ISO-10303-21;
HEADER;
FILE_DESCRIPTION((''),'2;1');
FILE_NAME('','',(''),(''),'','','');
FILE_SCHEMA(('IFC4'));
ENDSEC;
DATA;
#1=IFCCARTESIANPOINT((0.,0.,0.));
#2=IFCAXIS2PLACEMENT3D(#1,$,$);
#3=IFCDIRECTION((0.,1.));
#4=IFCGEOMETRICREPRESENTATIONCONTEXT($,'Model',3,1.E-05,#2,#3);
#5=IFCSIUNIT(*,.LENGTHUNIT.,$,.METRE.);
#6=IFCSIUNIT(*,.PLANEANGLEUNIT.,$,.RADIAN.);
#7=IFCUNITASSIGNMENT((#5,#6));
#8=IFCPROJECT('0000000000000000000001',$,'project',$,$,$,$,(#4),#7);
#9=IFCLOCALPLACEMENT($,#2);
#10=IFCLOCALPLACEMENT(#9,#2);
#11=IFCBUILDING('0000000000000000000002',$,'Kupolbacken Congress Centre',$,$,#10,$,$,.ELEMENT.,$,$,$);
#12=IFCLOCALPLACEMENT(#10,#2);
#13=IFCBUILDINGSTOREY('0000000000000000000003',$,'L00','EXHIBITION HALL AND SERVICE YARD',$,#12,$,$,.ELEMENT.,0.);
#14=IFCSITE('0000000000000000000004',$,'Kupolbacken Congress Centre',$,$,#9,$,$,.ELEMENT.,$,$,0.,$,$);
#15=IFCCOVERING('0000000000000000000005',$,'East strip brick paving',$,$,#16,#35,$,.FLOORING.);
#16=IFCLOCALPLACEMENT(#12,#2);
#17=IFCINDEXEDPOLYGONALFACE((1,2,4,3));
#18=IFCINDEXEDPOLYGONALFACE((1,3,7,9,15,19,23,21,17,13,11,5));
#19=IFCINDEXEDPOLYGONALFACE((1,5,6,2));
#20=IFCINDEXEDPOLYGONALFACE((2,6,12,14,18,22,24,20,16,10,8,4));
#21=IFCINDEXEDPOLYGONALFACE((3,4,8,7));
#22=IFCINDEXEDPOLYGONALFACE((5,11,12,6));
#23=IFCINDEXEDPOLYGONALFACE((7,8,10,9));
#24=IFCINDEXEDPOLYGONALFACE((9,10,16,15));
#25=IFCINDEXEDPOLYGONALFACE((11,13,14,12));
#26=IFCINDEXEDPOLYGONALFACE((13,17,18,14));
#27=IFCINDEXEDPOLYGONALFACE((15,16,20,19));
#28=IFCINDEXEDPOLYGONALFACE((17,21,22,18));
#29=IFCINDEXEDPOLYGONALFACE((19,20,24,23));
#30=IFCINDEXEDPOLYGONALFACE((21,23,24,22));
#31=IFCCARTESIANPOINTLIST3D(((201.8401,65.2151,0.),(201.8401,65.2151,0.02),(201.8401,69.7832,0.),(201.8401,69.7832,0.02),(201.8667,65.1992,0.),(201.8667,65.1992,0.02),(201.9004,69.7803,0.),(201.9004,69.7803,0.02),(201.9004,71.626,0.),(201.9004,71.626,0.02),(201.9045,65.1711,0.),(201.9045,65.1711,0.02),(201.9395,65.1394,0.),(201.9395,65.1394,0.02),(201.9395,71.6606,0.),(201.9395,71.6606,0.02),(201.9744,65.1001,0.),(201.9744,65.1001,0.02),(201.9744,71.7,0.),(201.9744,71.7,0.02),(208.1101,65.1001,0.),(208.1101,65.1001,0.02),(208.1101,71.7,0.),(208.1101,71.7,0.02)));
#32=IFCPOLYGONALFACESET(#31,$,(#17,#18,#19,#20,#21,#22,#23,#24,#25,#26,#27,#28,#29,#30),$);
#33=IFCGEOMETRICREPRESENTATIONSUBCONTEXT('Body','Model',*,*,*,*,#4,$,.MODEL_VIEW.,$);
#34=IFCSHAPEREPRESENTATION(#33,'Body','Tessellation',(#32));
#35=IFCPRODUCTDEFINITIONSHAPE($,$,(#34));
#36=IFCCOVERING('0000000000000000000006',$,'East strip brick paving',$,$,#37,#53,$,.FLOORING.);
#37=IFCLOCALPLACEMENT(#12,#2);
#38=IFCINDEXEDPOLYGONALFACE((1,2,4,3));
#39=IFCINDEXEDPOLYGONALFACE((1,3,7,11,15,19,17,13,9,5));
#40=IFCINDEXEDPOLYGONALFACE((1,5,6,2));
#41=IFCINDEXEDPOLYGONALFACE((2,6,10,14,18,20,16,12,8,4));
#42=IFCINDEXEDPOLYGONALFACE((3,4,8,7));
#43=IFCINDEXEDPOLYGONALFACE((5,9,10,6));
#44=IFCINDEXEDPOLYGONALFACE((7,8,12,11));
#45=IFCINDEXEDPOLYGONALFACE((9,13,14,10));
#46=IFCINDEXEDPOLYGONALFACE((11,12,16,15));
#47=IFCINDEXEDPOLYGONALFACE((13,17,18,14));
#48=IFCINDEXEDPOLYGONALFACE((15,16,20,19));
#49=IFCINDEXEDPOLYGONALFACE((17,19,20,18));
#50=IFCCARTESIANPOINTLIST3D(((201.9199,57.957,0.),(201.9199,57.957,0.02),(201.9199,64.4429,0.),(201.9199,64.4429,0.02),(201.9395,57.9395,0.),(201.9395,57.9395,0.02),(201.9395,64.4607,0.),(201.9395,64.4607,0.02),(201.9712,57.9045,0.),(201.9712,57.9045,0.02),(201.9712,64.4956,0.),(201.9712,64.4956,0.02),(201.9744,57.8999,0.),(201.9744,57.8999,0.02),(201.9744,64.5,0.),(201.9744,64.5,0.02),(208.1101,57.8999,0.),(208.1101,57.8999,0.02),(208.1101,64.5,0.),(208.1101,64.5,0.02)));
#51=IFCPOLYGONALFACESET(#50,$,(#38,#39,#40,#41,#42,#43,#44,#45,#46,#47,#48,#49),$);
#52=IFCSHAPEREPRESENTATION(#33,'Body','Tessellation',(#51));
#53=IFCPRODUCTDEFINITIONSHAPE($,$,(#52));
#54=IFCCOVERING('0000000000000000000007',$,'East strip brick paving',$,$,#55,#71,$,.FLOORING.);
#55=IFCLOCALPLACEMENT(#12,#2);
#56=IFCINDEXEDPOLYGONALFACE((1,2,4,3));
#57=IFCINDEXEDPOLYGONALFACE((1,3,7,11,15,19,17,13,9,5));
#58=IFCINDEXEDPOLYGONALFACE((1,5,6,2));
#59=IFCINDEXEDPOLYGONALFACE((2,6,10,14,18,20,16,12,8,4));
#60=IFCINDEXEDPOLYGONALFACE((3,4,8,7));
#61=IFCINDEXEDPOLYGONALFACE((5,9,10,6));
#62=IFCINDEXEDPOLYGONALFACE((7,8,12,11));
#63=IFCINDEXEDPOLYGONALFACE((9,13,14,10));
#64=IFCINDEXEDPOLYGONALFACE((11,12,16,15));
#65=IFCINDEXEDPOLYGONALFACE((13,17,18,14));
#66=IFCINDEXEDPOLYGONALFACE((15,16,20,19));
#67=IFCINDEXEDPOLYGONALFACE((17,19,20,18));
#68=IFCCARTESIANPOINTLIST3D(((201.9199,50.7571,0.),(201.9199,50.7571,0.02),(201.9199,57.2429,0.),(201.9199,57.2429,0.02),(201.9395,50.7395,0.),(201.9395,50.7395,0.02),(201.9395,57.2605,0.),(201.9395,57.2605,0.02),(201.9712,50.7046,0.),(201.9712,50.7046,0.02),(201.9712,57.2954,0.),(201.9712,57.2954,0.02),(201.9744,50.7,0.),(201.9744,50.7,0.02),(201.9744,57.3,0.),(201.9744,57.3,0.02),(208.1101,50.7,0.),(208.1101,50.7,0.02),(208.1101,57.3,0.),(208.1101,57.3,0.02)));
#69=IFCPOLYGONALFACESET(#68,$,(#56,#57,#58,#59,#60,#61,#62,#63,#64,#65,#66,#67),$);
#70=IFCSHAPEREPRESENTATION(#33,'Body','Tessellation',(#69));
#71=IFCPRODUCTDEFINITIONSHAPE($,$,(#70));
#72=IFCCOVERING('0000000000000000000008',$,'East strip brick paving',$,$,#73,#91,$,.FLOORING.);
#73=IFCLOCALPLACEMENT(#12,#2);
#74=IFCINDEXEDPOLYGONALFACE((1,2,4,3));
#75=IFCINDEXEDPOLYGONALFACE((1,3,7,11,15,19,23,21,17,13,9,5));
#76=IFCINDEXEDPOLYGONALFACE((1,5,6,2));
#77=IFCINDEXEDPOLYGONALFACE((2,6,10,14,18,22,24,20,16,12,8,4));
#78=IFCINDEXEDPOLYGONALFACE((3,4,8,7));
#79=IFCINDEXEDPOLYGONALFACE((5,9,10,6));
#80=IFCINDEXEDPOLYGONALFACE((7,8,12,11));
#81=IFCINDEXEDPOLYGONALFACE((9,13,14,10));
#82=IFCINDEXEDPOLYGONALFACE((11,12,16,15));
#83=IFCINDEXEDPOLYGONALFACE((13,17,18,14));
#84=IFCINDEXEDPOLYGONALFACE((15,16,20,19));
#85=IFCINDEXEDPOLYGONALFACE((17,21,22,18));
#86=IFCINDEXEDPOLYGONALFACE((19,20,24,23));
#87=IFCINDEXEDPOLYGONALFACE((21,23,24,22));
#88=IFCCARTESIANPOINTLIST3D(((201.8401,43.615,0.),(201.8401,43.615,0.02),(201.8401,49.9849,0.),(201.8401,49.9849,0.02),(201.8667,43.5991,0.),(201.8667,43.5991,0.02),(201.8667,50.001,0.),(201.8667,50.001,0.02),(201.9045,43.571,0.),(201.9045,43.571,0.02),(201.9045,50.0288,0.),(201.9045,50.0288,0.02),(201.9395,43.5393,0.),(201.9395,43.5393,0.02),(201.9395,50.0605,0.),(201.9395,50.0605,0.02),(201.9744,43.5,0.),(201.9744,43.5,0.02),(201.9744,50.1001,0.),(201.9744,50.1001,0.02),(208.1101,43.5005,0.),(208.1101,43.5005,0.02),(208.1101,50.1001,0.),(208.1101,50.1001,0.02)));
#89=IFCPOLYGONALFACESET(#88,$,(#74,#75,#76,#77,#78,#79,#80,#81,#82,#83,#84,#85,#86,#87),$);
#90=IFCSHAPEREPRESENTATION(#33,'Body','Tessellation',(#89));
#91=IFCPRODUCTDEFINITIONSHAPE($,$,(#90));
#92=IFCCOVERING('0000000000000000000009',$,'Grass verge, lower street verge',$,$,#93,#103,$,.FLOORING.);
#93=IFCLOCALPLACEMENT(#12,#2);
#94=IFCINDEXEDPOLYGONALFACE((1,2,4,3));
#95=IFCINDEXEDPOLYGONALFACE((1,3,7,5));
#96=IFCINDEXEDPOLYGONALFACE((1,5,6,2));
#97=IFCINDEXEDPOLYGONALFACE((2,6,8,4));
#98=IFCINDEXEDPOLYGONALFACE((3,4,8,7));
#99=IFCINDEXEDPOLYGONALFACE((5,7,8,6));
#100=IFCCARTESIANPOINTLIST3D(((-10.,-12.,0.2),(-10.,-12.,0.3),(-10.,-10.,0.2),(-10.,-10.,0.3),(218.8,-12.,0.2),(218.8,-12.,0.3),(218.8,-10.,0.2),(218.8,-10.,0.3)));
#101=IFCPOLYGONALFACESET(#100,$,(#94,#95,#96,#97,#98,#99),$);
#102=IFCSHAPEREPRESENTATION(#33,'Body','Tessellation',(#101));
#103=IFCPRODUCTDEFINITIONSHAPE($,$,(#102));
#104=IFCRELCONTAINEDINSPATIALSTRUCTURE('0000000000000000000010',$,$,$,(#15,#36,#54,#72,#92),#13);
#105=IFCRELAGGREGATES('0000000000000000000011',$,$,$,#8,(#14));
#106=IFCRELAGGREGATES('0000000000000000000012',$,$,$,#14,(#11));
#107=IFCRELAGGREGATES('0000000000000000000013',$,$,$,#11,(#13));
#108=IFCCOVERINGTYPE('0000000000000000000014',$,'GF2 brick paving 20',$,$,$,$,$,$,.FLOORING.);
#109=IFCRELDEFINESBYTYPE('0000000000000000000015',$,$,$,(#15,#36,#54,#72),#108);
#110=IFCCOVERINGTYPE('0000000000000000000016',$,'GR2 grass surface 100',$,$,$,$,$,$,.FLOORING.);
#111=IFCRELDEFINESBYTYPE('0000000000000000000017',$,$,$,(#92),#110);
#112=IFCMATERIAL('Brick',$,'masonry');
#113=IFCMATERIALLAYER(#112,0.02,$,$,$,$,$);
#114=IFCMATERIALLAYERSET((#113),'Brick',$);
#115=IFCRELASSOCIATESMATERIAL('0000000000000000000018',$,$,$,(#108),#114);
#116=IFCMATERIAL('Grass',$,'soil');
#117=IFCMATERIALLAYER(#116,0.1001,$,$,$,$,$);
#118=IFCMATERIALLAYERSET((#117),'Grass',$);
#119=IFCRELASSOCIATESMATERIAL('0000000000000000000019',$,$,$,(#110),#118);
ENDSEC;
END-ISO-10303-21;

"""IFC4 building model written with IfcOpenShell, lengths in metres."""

from ifc_helpers import new_model, si_unit, direction, frame, origin, place, context, subcontext, project, spatial, polyline, outline, extrude, material, layer, layer_set, type_object, element, save


model = new_model("IFC4")

# Units and contexts
model_context = context("Model", 3, precision=1e-05, world=origin(), true_north=direction((0.0, 1.0)))
body_context = subcontext(model_context, "Body", "Model", "MODEL_VIEW")
ifc_project = project(units=[si_unit("LENGTHUNIT", "METRE"), si_unit("PLANEANGLEUNIT", "RADIAN")], contexts=[model_context])

# Site, building, storey
site_placement = place(None, origin())
site = spatial("IfcSite", under=ifc_project, at=site_placement, Name="Kupolbacken Congress Centre", CompositionType="ELEMENT", RefElevation=0.0)
building_placement = place(site_placement, origin())
building = spatial("IfcBuilding", under=site, at=building_placement, Name="Kupolbacken Congress Centre", CompositionType="ELEMENT")
storey_placement = place(building_placement, origin())
storey = spatial("IfcBuildingStorey", under=building, at=storey_placement, Name="L00", Description="EXHIBITION HALL AND SERVICE YARD", CompositionType="ELEMENT", Elevation=0.0)

# Coverings
ifc_material_1 = material(Name="Brick", Category="masonry")
ifc_layer_1 = layer(ifc_material_1, 0.02)
ifc_layer_set_1 = layer_set([ifc_layer_1], Name="Brick")
covering_type_1 = type_object("IfcCoveringType", Name="GF2 brick paving 20", PredefinedType="FLOORING", material=ifc_layer_set_1)
covering_1_placement = place(storey_placement, origin())
element("IfcCovering", 1, at=covering_1_placement, inside=storey, type_object=covering_type_1, Name="East strip brick paving", PredefinedType="FLOORING", context=body_context, shape_type="SweptSolid", body=[
    extrude(outline(polyline([(208.1101, 65.1001), (201.9744, 65.1001), (201.9395, 65.1394), (201.9045, 65.1711), (201.8667, 65.1992), (201.8401, 65.2151), (201.8401, 69.7832), (201.9004, 69.7803), (201.9004, 71.626), (201.9395, 71.6606), (201.9744, 71.7), (208.1101, 71.7), (208.1101, 65.1001)])), origin(), (0.0, 0.0, 1.0), 0.02),
])
covering_2_placement = place(storey_placement, origin())
element("IfcCovering", 2, at=covering_2_placement, inside=storey, type_object=covering_type_1, Name="East strip brick paving", PredefinedType="FLOORING", context=body_context, shape_type="SweptSolid", body=[
    extrude(outline(polyline([(208.1101, 57.8999), (201.9744, 57.8999), (201.9712, 57.9045), (201.9395, 57.9395), (201.9199, 57.957), (201.9199, 64.4429), (201.9395, 64.4607), (201.9712, 64.4956), (201.9744, 64.5), (208.1101, 64.5), (208.1101, 57.8999)])), origin(), (0.0, 0.0, 1.0), 0.02),
])
covering_3_placement = place(storey_placement, origin())
element("IfcCovering", 3, at=covering_3_placement, inside=storey, type_object=covering_type_1, Name="East strip brick paving", PredefinedType="FLOORING", context=body_context, shape_type="SweptSolid", body=[
    extrude(outline(polyline([(208.1101, 50.7), (201.9744, 50.7), (201.9712, 50.7046), (201.9395, 50.7395), (201.9199, 50.7571), (201.9199, 57.2429), (201.9395, 57.2605), (201.9712, 57.2954), (201.9744, 57.3), (208.1101, 57.3), (208.1101, 50.7)])), origin(), (0.0, 0.0, 1.0), 0.02),
])
covering_4_placement = place(storey_placement, origin())
element("IfcCovering", 4, at=covering_4_placement, inside=storey, type_object=covering_type_1, Name="East strip brick paving", PredefinedType="FLOORING", context=body_context, shape_type="SweptSolid", body=[
    extrude(outline(polyline([(208.1101, 43.5005), (201.9744, 43.5), (201.9395, 43.5393), (201.9045, 43.571), (201.8667, 43.5991), (201.8401, 43.615), (201.8401, 49.9849), (201.8667, 50.001), (201.9045, 50.0288), (201.9395, 50.0605), (201.9744, 50.1001), (208.1101, 50.1001), (208.1101, 43.5005)])), origin(), (0.0, 0.0, 1.0), 0.02),
])
ifc_material_2 = material(Name="Grass", Category="soil")
ifc_layer_2 = layer(ifc_material_2, 0.1001)
ifc_layer_set_2 = layer_set([ifc_layer_2], Name="Grass")
covering_type_2 = type_object("IfcCoveringType", Name="GR2 grass surface 100", PredefinedType="FLOORING", material=ifc_layer_set_2)
covering_5_placement = place(storey_placement, frame((0.0, 0.0, 0.2)))
element("IfcCovering", 5, at=covering_5_placement, inside=storey, type_object=covering_type_2, Name="Grass verge, lower street verge", PredefinedType="FLOORING", context=body_context, shape_type="SweptSolid", body=[
    extrude(outline(polyline([(-10.0, -12.0), (-10.0, -10.0), (218.8, -10.0), (218.8, -12.0), (-10.0, -12.0)])), origin(), (0.0, 0.0, 1.0), 0.1001),
])

save(model, "model.ifc")
